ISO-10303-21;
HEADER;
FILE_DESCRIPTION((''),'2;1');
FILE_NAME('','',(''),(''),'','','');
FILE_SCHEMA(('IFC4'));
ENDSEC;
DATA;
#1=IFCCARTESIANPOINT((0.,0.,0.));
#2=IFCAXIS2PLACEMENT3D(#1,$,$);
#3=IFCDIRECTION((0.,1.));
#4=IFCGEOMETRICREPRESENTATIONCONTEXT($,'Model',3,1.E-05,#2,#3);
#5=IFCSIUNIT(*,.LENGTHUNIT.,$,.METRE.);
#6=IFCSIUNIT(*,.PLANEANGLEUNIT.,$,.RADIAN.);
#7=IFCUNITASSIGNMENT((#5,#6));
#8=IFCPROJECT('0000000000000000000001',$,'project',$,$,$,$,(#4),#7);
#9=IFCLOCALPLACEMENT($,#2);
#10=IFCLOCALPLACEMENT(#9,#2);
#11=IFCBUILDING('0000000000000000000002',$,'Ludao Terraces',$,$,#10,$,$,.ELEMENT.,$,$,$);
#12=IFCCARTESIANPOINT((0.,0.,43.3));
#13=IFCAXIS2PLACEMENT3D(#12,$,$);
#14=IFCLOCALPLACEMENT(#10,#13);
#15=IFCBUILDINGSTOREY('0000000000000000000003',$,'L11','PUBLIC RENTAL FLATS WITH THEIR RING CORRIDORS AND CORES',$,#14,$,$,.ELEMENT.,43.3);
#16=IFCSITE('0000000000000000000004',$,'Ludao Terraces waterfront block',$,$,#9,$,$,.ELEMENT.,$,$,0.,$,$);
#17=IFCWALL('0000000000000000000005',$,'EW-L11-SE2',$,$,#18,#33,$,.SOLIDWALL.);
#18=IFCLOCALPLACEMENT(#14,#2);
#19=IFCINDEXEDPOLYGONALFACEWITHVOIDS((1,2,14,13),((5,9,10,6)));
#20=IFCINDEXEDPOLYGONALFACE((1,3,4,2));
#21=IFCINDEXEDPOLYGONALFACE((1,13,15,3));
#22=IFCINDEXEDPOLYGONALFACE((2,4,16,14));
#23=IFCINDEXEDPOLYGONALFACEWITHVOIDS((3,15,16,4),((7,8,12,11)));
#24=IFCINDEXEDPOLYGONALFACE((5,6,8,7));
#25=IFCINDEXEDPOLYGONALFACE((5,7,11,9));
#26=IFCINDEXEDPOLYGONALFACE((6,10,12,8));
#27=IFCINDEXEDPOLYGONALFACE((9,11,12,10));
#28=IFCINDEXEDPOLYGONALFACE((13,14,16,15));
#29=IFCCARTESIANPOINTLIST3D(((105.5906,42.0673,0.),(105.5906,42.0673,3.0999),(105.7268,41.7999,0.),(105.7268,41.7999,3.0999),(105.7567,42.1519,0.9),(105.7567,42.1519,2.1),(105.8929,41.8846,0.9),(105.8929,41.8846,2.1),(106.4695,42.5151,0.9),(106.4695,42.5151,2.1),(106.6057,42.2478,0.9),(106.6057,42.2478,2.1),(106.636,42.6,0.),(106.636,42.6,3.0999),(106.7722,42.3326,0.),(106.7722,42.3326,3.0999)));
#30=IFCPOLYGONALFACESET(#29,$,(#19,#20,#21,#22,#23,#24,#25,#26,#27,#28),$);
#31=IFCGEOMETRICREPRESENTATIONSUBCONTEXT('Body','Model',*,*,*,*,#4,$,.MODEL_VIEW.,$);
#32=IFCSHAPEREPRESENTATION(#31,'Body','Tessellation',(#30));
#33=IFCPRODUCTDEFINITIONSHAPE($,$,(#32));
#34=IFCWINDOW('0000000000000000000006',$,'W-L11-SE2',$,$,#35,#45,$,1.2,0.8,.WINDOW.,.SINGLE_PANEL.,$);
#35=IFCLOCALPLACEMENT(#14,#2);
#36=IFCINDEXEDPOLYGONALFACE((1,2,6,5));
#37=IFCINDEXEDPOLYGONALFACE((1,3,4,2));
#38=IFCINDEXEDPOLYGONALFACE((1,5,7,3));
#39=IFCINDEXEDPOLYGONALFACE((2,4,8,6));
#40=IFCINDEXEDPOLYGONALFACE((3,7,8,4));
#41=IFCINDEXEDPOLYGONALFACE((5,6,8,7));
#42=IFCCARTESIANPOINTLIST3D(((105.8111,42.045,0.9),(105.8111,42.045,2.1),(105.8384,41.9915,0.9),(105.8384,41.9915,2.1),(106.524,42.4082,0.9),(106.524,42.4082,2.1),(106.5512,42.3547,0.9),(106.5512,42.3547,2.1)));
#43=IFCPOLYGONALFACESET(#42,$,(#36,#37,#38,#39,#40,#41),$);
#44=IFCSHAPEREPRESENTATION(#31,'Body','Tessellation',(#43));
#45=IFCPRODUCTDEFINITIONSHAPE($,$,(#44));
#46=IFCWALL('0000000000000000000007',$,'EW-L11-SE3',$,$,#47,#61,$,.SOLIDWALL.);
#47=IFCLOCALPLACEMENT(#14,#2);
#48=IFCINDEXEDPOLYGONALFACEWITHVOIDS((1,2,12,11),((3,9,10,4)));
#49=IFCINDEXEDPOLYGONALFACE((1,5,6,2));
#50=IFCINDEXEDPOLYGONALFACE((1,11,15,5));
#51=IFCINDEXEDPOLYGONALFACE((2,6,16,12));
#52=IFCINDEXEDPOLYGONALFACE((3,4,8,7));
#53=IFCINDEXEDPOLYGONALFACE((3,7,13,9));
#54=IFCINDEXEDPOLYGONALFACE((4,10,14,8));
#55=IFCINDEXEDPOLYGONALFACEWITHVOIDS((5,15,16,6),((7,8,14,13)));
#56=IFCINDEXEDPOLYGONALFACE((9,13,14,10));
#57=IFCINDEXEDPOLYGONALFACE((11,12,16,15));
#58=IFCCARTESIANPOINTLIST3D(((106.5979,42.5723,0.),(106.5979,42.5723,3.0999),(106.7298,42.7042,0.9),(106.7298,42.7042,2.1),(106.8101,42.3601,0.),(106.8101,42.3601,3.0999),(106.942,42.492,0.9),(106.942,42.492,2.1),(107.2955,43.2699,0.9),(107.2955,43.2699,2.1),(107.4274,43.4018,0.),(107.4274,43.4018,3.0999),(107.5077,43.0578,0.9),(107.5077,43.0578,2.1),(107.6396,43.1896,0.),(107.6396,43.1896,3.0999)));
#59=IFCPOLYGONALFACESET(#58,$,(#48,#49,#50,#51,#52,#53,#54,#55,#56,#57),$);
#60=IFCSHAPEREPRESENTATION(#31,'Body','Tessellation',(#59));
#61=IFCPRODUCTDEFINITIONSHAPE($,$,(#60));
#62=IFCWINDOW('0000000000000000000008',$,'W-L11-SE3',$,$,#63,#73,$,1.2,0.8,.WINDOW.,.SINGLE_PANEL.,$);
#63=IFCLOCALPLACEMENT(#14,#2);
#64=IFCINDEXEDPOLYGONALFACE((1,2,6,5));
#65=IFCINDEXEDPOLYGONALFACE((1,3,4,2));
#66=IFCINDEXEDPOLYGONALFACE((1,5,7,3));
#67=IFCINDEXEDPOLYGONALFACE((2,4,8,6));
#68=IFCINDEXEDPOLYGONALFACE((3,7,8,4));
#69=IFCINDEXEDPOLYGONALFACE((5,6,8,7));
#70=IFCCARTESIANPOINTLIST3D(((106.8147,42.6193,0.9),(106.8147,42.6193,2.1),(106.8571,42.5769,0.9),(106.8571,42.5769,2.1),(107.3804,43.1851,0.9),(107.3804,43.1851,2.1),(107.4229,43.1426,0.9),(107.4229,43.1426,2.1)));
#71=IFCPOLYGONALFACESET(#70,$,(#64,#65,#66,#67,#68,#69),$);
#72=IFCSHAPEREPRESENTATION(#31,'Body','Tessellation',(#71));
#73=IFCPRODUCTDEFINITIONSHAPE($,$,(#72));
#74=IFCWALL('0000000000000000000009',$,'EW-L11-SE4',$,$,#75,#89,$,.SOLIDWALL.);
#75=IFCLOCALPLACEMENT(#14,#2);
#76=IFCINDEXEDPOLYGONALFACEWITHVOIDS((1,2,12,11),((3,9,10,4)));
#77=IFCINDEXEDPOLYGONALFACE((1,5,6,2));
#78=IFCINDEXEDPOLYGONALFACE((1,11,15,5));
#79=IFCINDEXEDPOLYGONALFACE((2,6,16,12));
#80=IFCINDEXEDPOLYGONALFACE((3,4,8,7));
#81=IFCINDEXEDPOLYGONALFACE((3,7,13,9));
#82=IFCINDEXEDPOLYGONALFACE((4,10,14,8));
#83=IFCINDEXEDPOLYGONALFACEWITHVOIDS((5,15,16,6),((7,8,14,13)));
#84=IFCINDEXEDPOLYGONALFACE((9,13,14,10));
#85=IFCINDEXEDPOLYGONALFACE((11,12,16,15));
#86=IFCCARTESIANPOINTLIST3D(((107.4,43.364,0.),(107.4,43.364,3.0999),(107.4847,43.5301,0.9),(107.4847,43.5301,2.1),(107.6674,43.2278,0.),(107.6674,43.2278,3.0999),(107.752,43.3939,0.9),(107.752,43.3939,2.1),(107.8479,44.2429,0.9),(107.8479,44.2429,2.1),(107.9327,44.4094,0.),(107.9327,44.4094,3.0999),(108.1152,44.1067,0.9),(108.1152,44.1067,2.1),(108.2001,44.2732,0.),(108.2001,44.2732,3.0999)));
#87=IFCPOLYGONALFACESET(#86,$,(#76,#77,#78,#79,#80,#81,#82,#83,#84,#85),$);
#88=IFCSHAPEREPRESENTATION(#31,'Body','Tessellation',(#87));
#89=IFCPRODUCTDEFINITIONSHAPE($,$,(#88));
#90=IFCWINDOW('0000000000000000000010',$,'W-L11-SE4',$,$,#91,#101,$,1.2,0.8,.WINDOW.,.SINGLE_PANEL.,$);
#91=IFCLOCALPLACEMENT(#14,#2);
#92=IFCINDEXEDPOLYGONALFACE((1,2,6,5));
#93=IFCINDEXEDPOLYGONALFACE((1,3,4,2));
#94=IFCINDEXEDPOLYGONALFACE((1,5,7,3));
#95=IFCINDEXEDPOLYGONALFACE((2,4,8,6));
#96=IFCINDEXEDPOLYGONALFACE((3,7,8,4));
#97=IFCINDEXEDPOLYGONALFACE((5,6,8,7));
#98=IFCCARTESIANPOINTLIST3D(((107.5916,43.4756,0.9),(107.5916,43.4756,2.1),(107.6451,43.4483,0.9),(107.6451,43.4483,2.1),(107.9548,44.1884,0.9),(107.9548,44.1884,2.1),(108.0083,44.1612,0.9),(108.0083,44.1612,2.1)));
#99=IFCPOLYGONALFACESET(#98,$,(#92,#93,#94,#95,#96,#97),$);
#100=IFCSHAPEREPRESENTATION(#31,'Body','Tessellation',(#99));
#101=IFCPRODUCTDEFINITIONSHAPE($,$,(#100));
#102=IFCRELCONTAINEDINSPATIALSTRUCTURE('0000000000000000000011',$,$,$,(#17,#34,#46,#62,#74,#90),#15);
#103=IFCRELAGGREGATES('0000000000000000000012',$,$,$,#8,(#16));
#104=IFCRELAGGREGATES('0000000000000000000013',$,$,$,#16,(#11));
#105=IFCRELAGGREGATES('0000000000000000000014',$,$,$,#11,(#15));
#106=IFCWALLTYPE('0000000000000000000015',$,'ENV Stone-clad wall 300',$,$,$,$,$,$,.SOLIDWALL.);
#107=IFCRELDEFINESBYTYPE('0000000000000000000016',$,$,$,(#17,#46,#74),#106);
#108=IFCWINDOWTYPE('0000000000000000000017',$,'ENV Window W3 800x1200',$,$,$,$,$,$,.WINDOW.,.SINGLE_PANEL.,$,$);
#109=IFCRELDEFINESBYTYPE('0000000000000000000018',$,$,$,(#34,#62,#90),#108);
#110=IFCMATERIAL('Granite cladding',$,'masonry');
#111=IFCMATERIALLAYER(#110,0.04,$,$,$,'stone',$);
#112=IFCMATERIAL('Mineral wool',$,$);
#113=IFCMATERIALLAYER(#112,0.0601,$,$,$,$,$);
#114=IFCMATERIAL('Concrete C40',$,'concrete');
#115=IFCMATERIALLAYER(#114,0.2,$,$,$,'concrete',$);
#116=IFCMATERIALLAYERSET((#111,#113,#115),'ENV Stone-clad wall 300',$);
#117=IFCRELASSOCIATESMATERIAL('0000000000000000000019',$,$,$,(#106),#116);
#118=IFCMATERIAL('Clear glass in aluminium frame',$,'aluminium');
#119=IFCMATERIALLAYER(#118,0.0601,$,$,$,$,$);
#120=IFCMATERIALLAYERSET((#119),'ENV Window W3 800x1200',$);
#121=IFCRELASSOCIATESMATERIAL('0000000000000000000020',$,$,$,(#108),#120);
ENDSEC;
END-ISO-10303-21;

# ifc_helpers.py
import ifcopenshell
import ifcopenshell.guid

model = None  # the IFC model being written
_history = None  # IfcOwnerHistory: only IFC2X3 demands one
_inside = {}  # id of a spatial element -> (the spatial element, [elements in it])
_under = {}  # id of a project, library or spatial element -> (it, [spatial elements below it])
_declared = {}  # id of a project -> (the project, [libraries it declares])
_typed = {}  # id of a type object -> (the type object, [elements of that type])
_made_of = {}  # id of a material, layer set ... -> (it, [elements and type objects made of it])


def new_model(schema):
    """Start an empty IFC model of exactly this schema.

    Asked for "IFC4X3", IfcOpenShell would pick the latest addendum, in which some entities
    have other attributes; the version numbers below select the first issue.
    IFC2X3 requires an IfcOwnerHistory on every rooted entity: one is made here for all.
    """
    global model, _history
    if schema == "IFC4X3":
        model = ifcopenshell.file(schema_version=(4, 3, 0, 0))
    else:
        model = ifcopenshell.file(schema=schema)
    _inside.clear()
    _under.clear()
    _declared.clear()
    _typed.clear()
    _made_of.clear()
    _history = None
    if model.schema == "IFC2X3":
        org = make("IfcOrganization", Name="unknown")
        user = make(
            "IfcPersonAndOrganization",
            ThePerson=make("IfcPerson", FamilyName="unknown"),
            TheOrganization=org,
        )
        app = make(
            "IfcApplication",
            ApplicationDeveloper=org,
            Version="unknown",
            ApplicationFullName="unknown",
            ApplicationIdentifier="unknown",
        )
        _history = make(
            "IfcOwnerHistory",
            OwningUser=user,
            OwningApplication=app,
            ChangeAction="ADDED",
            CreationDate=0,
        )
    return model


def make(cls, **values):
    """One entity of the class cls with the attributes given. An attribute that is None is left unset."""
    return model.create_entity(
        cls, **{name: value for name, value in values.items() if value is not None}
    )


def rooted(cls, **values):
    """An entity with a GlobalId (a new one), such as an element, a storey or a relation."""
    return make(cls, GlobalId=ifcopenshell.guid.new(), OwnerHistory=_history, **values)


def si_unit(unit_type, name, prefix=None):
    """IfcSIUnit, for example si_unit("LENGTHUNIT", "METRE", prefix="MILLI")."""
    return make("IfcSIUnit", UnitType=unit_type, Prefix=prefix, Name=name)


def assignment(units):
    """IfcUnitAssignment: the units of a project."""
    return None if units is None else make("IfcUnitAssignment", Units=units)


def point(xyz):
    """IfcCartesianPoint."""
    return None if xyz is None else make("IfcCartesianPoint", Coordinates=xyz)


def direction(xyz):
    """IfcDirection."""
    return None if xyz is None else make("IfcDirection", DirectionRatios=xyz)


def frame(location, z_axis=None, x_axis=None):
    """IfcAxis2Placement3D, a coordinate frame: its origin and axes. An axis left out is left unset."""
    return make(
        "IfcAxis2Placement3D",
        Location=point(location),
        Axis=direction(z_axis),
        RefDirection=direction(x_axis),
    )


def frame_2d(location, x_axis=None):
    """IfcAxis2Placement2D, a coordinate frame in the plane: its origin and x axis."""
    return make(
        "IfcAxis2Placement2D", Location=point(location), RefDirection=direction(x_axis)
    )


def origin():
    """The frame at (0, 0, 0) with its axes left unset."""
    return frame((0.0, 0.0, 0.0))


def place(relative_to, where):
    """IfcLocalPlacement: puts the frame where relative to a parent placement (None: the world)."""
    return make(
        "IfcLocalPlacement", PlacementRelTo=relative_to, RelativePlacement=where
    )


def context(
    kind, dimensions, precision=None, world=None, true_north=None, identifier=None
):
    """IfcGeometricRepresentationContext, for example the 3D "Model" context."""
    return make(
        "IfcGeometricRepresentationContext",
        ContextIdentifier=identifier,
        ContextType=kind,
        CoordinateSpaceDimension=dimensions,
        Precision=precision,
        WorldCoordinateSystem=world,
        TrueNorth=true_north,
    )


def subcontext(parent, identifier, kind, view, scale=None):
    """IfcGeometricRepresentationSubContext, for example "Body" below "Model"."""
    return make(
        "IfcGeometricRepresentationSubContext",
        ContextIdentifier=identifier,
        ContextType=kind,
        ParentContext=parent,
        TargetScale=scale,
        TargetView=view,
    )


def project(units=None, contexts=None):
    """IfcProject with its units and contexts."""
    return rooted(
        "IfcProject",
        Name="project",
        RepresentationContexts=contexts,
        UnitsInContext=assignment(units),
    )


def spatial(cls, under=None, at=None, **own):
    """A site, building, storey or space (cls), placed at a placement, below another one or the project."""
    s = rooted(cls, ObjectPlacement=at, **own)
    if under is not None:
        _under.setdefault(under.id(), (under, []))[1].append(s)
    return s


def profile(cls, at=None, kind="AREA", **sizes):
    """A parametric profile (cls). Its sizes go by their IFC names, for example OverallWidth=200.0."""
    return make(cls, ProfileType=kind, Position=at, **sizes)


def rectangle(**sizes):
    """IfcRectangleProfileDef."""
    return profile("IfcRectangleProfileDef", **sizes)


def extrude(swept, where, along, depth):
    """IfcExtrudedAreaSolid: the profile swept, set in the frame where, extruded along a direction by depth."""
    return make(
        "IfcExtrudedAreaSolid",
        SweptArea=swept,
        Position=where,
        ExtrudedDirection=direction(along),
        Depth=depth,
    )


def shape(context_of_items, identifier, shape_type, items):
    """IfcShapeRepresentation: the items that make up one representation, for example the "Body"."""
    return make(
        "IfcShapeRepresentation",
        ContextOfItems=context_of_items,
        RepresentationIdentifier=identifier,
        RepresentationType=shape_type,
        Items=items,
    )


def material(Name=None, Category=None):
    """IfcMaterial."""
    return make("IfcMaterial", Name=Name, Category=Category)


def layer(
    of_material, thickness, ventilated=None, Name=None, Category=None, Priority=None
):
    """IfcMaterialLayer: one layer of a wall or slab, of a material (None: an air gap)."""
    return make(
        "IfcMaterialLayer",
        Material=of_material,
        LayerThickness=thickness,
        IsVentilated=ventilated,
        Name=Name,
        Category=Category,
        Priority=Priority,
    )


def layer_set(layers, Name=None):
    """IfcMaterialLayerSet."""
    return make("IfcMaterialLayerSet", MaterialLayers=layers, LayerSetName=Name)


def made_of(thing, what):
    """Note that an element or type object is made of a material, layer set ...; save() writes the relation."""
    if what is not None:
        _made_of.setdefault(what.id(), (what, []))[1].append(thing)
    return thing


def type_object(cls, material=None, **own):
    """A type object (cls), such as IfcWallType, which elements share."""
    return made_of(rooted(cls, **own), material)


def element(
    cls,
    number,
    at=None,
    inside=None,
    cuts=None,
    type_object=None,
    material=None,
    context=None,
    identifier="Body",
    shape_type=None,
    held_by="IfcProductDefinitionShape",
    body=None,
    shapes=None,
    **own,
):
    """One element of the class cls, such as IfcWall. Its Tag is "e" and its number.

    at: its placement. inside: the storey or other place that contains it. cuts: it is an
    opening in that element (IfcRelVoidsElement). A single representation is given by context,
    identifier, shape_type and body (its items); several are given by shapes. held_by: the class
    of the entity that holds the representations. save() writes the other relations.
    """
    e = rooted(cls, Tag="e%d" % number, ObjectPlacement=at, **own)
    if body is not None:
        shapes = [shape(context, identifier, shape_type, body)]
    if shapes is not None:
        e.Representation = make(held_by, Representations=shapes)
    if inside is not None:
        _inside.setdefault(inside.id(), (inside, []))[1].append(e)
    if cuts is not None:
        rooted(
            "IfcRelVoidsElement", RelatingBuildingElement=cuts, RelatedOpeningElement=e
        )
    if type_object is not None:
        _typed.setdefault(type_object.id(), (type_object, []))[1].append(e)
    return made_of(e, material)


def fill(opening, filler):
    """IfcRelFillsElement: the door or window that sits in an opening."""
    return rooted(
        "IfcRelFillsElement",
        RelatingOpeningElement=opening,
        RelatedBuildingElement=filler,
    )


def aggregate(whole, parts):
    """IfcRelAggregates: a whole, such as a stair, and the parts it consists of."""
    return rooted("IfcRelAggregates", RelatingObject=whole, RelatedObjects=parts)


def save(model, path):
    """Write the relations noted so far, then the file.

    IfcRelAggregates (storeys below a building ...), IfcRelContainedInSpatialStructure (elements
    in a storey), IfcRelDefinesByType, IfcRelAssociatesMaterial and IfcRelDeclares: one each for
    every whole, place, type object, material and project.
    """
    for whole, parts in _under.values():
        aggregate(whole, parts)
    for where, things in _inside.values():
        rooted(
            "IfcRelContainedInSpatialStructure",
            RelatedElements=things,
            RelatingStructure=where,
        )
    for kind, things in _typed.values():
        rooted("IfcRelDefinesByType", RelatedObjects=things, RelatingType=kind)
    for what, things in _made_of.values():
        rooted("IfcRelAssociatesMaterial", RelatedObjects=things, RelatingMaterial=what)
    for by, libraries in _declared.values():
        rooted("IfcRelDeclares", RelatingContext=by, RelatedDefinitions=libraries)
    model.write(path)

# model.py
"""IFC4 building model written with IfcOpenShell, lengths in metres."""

from ifc_helpers import new_model, si_unit, direction, frame, frame_2d, origin, place, context, subcontext, project, spatial, rectangle, extrude, material, layer, layer_set, type_object, element, fill, save


model = new_model("IFC4")

# Units and contexts
model_context = context("Model", 3, precision=1e-05, world=origin(), true_north=direction((0.0, 1.0)))
body_context = subcontext(model_context, "Body", "Model", "MODEL_VIEW")
ifc_project = project(units=[si_unit("LENGTHUNIT", "METRE"), si_unit("PLANEANGLEUNIT", "RADIAN")], contexts=[model_context])

# Site, building, storey
site_placement = place(None, origin())
site = spatial("IfcSite", under=ifc_project, at=site_placement, Name="Ludao Terraces waterfront block", CompositionType="ELEMENT", RefElevation=0.0)
building_placement = place(site_placement, origin())
building = spatial("IfcBuilding", under=site, at=building_placement, Name="Ludao Terraces", CompositionType="ELEMENT")
storey_placement = place(building_placement, frame((0.0, 0.0, 43.3)))
storey = spatial("IfcBuildingStorey", under=building, at=storey_placement, Name="L11", Description="PUBLIC RENTAL FLATS WITH THEIR RING CORRIDORS AND CORES", CompositionType="ELEMENT", Elevation=43.3)

# Walls, openings, windows
ifc_material_1 = material(Name="Granite cladding", Category="masonry")
ifc_layer_1 = layer(ifc_material_1, 0.04, Category="stone")
ifc_material_2 = material(Name="Mineral wool")
ifc_layer_2 = layer(ifc_material_2, 0.0601)
ifc_material_3 = material(Name="Concrete C40", Category="concrete")
ifc_layer_3 = layer(ifc_material_3, 0.2, Category="concrete")
ifc_layer_set_1 = layer_set([ifc_layer_1, ifc_layer_2, ifc_layer_3], Name="ENV Stone-clad wall 300")
wall_type = type_object("IfcWallType", Name="ENV Stone-clad wall 300", PredefinedType="SOLIDWALL", material=ifc_layer_set_1)
wall_1_placement = place(storey_placement, frame((105.6587, 41.9336, 0.0), z_axis=(0.0, 0.0, 1.0), x_axis=(0.890989, 0.454026, 0.0)))
wall_1 = element("IfcWall", 1, at=wall_1_placement, inside=storey, type_object=wall_type, Name="EW-L11-SE2", PredefinedType="SOLIDWALL", context=body_context, shape_type="SweptSolid", body=[
    extrude(rectangle(XDim=1.1733, YDim=0.3, at=frame_2d((0.5867, 0.0))), origin(), (0.0, 0.0, 1.0), 3.0999),
])
opening_1_placement = place(wall_1_placement, frame((0.1865, 0.0, 0.8999)))
opening_1 = element("IfcOpeningElement", 2, at=opening_1_placement, cuts=wall_1, PredefinedType="OPENING", context=body_context, shape_type="SweptSolid", body=[
    extrude(rectangle(XDim=0.8, YDim=1.2, at=frame_2d((0.3999, 0.6001))), frame((0.0, 0.1602, 0.0), z_axis=(0.0, -1.0, 0.0), x_axis=(1.0, 0.0, 0.0)), (0.0, 0.0, 1.0), 0.3201),
])
ifc_material_4 = material(Name="Clear glass in aluminium frame", Category="aluminium")
ifc_layer_4 = layer(ifc_material_4, 0.0601)
ifc_layer_set_2 = layer_set([ifc_layer_4], Name="ENV Window W3 800x1200")
window_type = type_object("IfcWindowType", Name="ENV Window W3 800x1200", PartitioningType="SINGLE_PANEL", PredefinedType="WINDOW", material=ifc_layer_set_2)
window_1_placement = place(opening_1_placement, origin())
window_1 = element("IfcWindow", 3, at=window_1_placement, inside=storey, type_object=window_type, Name="W-L11-SE2", OverallHeight=1.2, OverallWidth=0.8, PartitioningType="SINGLE_PANEL", PredefinedType="WINDOW", context=body_context, shape_type="SweptSolid", body=[
    extrude(rectangle(XDim=0.8, YDim=1.2, at=frame_2d((0.3999, 0.6001))), frame((0.0, 0.03, 0.0), z_axis=(0.0, -1.0, 0.0), x_axis=(1.0, 0.0, 0.0)), (0.0, 0.0, 1.0), 0.0601),
])
fill(opening_1, window_1)
wall_2_placement = place(storey_placement, frame((106.7041, 42.4663, 0.0), z_axis=(0.0, 0.0, 1.0), x_axis=(0.707107, 0.707107, 0.0)))
wall_2 = element("IfcWall", 4, at=wall_2_placement, inside=storey, type_object=wall_type, Name="EW-L11-SE3", PredefinedType="SOLIDWALL", context=body_context, shape_type="SweptSolid", body=[
    extrude(rectangle(XDim=1.1731, YDim=0.3, at=frame_2d((0.5864, 0.0))), origin(), (0.0, 0.0, 1.0), 3.0999),
])
opening_2_placement = place(wall_2_placement, frame((0.1865, 0.0, 0.8999)))
opening_2 = element("IfcOpeningElement", 5, at=opening_2_placement, cuts=wall_2, PredefinedType="OPENING", context=body_context, shape_type="SweptSolid", body=[
    extrude(rectangle(XDim=0.8, YDim=1.2, at=frame_2d((0.3999, 0.6001))), frame((0.0, 0.1602, 0.0), z_axis=(0.0, -1.0, 0.0), x_axis=(1.0, 0.0, 0.0)), (0.0, 0.0, 1.0), 0.3201),
])
window_2_placement = place(opening_2_placement, origin())
window_2 = element("IfcWindow", 6, at=window_2_placement, inside=storey, type_object=window_type, Name="W-L11-SE3", OverallHeight=1.2, OverallWidth=0.8, PartitioningType="SINGLE_PANEL", PredefinedType="WINDOW", context=body_context, shape_type="SweptSolid", body=[
    extrude(rectangle(XDim=0.8, YDim=1.2, at=frame_2d((0.3999, 0.6001))), frame((0.0, 0.03, 0.0), z_axis=(0.0, -1.0, 0.0), x_axis=(1.0, 0.0, 0.0)), (0.0, 0.0, 1.0), 0.0601),
])
fill(opening_2, window_2)
wall_3_placement = place(storey_placement, frame((107.5337, 43.2959, 0.0), z_axis=(0.0, 0.0, 1.0), x_axis=(0.454026, 0.890989, 0.0)))
wall_3 = element("IfcWall", 7, at=wall_3_placement, inside=storey, type_object=wall_type, Name="EW-L11-SE4", PredefinedType="SOLIDWALL", context=body_context, shape_type="SweptSolid", body=[
    extrude(rectangle(XDim=1.1733, YDim=0.3, at=frame_2d((0.5867, 0.0))), origin(), (0.0, 0.0, 1.0), 3.0999),
])
opening_3_placement = place(wall_3_placement, frame((0.1865, 0.0, 0.8999)))
opening_3 = element("IfcOpeningElement", 8, at=opening_3_placement, cuts=wall_3, PredefinedType="OPENING", context=body_context, shape_type="SweptSolid", body=[
    extrude(rectangle(XDim=0.8, YDim=1.2, at=frame_2d((0.3999, 0.6001))), frame((0.0, 0.1602, 0.0), z_axis=(0.0, -1.0, 0.0), x_axis=(1.0, 0.0, 0.0)), (0.0, 0.0, 1.0), 0.3201),
])
window_3_placement = place(opening_3_placement, origin())
window_3 = element("IfcWindow", 9, at=window_3_placement, inside=storey, type_object=window_type, Name="W-L11-SE4", OverallHeight=1.2, OverallWidth=0.8, PartitioningType="SINGLE_PANEL", PredefinedType="WINDOW", context=body_context, shape_type="SweptSolid", body=[
    extrude(rectangle(XDim=0.8, YDim=1.2, at=frame_2d((0.3999, 0.6001))), frame((0.0, 0.03, 0.0), z_axis=(0.0, -1.0, 0.0), x_axis=(1.0, 0.0, 0.0)), (0.0, 0.0, 1.0), 0.0601),
])
fill(opening_3, window_3)

save(model, "model.ifc")
